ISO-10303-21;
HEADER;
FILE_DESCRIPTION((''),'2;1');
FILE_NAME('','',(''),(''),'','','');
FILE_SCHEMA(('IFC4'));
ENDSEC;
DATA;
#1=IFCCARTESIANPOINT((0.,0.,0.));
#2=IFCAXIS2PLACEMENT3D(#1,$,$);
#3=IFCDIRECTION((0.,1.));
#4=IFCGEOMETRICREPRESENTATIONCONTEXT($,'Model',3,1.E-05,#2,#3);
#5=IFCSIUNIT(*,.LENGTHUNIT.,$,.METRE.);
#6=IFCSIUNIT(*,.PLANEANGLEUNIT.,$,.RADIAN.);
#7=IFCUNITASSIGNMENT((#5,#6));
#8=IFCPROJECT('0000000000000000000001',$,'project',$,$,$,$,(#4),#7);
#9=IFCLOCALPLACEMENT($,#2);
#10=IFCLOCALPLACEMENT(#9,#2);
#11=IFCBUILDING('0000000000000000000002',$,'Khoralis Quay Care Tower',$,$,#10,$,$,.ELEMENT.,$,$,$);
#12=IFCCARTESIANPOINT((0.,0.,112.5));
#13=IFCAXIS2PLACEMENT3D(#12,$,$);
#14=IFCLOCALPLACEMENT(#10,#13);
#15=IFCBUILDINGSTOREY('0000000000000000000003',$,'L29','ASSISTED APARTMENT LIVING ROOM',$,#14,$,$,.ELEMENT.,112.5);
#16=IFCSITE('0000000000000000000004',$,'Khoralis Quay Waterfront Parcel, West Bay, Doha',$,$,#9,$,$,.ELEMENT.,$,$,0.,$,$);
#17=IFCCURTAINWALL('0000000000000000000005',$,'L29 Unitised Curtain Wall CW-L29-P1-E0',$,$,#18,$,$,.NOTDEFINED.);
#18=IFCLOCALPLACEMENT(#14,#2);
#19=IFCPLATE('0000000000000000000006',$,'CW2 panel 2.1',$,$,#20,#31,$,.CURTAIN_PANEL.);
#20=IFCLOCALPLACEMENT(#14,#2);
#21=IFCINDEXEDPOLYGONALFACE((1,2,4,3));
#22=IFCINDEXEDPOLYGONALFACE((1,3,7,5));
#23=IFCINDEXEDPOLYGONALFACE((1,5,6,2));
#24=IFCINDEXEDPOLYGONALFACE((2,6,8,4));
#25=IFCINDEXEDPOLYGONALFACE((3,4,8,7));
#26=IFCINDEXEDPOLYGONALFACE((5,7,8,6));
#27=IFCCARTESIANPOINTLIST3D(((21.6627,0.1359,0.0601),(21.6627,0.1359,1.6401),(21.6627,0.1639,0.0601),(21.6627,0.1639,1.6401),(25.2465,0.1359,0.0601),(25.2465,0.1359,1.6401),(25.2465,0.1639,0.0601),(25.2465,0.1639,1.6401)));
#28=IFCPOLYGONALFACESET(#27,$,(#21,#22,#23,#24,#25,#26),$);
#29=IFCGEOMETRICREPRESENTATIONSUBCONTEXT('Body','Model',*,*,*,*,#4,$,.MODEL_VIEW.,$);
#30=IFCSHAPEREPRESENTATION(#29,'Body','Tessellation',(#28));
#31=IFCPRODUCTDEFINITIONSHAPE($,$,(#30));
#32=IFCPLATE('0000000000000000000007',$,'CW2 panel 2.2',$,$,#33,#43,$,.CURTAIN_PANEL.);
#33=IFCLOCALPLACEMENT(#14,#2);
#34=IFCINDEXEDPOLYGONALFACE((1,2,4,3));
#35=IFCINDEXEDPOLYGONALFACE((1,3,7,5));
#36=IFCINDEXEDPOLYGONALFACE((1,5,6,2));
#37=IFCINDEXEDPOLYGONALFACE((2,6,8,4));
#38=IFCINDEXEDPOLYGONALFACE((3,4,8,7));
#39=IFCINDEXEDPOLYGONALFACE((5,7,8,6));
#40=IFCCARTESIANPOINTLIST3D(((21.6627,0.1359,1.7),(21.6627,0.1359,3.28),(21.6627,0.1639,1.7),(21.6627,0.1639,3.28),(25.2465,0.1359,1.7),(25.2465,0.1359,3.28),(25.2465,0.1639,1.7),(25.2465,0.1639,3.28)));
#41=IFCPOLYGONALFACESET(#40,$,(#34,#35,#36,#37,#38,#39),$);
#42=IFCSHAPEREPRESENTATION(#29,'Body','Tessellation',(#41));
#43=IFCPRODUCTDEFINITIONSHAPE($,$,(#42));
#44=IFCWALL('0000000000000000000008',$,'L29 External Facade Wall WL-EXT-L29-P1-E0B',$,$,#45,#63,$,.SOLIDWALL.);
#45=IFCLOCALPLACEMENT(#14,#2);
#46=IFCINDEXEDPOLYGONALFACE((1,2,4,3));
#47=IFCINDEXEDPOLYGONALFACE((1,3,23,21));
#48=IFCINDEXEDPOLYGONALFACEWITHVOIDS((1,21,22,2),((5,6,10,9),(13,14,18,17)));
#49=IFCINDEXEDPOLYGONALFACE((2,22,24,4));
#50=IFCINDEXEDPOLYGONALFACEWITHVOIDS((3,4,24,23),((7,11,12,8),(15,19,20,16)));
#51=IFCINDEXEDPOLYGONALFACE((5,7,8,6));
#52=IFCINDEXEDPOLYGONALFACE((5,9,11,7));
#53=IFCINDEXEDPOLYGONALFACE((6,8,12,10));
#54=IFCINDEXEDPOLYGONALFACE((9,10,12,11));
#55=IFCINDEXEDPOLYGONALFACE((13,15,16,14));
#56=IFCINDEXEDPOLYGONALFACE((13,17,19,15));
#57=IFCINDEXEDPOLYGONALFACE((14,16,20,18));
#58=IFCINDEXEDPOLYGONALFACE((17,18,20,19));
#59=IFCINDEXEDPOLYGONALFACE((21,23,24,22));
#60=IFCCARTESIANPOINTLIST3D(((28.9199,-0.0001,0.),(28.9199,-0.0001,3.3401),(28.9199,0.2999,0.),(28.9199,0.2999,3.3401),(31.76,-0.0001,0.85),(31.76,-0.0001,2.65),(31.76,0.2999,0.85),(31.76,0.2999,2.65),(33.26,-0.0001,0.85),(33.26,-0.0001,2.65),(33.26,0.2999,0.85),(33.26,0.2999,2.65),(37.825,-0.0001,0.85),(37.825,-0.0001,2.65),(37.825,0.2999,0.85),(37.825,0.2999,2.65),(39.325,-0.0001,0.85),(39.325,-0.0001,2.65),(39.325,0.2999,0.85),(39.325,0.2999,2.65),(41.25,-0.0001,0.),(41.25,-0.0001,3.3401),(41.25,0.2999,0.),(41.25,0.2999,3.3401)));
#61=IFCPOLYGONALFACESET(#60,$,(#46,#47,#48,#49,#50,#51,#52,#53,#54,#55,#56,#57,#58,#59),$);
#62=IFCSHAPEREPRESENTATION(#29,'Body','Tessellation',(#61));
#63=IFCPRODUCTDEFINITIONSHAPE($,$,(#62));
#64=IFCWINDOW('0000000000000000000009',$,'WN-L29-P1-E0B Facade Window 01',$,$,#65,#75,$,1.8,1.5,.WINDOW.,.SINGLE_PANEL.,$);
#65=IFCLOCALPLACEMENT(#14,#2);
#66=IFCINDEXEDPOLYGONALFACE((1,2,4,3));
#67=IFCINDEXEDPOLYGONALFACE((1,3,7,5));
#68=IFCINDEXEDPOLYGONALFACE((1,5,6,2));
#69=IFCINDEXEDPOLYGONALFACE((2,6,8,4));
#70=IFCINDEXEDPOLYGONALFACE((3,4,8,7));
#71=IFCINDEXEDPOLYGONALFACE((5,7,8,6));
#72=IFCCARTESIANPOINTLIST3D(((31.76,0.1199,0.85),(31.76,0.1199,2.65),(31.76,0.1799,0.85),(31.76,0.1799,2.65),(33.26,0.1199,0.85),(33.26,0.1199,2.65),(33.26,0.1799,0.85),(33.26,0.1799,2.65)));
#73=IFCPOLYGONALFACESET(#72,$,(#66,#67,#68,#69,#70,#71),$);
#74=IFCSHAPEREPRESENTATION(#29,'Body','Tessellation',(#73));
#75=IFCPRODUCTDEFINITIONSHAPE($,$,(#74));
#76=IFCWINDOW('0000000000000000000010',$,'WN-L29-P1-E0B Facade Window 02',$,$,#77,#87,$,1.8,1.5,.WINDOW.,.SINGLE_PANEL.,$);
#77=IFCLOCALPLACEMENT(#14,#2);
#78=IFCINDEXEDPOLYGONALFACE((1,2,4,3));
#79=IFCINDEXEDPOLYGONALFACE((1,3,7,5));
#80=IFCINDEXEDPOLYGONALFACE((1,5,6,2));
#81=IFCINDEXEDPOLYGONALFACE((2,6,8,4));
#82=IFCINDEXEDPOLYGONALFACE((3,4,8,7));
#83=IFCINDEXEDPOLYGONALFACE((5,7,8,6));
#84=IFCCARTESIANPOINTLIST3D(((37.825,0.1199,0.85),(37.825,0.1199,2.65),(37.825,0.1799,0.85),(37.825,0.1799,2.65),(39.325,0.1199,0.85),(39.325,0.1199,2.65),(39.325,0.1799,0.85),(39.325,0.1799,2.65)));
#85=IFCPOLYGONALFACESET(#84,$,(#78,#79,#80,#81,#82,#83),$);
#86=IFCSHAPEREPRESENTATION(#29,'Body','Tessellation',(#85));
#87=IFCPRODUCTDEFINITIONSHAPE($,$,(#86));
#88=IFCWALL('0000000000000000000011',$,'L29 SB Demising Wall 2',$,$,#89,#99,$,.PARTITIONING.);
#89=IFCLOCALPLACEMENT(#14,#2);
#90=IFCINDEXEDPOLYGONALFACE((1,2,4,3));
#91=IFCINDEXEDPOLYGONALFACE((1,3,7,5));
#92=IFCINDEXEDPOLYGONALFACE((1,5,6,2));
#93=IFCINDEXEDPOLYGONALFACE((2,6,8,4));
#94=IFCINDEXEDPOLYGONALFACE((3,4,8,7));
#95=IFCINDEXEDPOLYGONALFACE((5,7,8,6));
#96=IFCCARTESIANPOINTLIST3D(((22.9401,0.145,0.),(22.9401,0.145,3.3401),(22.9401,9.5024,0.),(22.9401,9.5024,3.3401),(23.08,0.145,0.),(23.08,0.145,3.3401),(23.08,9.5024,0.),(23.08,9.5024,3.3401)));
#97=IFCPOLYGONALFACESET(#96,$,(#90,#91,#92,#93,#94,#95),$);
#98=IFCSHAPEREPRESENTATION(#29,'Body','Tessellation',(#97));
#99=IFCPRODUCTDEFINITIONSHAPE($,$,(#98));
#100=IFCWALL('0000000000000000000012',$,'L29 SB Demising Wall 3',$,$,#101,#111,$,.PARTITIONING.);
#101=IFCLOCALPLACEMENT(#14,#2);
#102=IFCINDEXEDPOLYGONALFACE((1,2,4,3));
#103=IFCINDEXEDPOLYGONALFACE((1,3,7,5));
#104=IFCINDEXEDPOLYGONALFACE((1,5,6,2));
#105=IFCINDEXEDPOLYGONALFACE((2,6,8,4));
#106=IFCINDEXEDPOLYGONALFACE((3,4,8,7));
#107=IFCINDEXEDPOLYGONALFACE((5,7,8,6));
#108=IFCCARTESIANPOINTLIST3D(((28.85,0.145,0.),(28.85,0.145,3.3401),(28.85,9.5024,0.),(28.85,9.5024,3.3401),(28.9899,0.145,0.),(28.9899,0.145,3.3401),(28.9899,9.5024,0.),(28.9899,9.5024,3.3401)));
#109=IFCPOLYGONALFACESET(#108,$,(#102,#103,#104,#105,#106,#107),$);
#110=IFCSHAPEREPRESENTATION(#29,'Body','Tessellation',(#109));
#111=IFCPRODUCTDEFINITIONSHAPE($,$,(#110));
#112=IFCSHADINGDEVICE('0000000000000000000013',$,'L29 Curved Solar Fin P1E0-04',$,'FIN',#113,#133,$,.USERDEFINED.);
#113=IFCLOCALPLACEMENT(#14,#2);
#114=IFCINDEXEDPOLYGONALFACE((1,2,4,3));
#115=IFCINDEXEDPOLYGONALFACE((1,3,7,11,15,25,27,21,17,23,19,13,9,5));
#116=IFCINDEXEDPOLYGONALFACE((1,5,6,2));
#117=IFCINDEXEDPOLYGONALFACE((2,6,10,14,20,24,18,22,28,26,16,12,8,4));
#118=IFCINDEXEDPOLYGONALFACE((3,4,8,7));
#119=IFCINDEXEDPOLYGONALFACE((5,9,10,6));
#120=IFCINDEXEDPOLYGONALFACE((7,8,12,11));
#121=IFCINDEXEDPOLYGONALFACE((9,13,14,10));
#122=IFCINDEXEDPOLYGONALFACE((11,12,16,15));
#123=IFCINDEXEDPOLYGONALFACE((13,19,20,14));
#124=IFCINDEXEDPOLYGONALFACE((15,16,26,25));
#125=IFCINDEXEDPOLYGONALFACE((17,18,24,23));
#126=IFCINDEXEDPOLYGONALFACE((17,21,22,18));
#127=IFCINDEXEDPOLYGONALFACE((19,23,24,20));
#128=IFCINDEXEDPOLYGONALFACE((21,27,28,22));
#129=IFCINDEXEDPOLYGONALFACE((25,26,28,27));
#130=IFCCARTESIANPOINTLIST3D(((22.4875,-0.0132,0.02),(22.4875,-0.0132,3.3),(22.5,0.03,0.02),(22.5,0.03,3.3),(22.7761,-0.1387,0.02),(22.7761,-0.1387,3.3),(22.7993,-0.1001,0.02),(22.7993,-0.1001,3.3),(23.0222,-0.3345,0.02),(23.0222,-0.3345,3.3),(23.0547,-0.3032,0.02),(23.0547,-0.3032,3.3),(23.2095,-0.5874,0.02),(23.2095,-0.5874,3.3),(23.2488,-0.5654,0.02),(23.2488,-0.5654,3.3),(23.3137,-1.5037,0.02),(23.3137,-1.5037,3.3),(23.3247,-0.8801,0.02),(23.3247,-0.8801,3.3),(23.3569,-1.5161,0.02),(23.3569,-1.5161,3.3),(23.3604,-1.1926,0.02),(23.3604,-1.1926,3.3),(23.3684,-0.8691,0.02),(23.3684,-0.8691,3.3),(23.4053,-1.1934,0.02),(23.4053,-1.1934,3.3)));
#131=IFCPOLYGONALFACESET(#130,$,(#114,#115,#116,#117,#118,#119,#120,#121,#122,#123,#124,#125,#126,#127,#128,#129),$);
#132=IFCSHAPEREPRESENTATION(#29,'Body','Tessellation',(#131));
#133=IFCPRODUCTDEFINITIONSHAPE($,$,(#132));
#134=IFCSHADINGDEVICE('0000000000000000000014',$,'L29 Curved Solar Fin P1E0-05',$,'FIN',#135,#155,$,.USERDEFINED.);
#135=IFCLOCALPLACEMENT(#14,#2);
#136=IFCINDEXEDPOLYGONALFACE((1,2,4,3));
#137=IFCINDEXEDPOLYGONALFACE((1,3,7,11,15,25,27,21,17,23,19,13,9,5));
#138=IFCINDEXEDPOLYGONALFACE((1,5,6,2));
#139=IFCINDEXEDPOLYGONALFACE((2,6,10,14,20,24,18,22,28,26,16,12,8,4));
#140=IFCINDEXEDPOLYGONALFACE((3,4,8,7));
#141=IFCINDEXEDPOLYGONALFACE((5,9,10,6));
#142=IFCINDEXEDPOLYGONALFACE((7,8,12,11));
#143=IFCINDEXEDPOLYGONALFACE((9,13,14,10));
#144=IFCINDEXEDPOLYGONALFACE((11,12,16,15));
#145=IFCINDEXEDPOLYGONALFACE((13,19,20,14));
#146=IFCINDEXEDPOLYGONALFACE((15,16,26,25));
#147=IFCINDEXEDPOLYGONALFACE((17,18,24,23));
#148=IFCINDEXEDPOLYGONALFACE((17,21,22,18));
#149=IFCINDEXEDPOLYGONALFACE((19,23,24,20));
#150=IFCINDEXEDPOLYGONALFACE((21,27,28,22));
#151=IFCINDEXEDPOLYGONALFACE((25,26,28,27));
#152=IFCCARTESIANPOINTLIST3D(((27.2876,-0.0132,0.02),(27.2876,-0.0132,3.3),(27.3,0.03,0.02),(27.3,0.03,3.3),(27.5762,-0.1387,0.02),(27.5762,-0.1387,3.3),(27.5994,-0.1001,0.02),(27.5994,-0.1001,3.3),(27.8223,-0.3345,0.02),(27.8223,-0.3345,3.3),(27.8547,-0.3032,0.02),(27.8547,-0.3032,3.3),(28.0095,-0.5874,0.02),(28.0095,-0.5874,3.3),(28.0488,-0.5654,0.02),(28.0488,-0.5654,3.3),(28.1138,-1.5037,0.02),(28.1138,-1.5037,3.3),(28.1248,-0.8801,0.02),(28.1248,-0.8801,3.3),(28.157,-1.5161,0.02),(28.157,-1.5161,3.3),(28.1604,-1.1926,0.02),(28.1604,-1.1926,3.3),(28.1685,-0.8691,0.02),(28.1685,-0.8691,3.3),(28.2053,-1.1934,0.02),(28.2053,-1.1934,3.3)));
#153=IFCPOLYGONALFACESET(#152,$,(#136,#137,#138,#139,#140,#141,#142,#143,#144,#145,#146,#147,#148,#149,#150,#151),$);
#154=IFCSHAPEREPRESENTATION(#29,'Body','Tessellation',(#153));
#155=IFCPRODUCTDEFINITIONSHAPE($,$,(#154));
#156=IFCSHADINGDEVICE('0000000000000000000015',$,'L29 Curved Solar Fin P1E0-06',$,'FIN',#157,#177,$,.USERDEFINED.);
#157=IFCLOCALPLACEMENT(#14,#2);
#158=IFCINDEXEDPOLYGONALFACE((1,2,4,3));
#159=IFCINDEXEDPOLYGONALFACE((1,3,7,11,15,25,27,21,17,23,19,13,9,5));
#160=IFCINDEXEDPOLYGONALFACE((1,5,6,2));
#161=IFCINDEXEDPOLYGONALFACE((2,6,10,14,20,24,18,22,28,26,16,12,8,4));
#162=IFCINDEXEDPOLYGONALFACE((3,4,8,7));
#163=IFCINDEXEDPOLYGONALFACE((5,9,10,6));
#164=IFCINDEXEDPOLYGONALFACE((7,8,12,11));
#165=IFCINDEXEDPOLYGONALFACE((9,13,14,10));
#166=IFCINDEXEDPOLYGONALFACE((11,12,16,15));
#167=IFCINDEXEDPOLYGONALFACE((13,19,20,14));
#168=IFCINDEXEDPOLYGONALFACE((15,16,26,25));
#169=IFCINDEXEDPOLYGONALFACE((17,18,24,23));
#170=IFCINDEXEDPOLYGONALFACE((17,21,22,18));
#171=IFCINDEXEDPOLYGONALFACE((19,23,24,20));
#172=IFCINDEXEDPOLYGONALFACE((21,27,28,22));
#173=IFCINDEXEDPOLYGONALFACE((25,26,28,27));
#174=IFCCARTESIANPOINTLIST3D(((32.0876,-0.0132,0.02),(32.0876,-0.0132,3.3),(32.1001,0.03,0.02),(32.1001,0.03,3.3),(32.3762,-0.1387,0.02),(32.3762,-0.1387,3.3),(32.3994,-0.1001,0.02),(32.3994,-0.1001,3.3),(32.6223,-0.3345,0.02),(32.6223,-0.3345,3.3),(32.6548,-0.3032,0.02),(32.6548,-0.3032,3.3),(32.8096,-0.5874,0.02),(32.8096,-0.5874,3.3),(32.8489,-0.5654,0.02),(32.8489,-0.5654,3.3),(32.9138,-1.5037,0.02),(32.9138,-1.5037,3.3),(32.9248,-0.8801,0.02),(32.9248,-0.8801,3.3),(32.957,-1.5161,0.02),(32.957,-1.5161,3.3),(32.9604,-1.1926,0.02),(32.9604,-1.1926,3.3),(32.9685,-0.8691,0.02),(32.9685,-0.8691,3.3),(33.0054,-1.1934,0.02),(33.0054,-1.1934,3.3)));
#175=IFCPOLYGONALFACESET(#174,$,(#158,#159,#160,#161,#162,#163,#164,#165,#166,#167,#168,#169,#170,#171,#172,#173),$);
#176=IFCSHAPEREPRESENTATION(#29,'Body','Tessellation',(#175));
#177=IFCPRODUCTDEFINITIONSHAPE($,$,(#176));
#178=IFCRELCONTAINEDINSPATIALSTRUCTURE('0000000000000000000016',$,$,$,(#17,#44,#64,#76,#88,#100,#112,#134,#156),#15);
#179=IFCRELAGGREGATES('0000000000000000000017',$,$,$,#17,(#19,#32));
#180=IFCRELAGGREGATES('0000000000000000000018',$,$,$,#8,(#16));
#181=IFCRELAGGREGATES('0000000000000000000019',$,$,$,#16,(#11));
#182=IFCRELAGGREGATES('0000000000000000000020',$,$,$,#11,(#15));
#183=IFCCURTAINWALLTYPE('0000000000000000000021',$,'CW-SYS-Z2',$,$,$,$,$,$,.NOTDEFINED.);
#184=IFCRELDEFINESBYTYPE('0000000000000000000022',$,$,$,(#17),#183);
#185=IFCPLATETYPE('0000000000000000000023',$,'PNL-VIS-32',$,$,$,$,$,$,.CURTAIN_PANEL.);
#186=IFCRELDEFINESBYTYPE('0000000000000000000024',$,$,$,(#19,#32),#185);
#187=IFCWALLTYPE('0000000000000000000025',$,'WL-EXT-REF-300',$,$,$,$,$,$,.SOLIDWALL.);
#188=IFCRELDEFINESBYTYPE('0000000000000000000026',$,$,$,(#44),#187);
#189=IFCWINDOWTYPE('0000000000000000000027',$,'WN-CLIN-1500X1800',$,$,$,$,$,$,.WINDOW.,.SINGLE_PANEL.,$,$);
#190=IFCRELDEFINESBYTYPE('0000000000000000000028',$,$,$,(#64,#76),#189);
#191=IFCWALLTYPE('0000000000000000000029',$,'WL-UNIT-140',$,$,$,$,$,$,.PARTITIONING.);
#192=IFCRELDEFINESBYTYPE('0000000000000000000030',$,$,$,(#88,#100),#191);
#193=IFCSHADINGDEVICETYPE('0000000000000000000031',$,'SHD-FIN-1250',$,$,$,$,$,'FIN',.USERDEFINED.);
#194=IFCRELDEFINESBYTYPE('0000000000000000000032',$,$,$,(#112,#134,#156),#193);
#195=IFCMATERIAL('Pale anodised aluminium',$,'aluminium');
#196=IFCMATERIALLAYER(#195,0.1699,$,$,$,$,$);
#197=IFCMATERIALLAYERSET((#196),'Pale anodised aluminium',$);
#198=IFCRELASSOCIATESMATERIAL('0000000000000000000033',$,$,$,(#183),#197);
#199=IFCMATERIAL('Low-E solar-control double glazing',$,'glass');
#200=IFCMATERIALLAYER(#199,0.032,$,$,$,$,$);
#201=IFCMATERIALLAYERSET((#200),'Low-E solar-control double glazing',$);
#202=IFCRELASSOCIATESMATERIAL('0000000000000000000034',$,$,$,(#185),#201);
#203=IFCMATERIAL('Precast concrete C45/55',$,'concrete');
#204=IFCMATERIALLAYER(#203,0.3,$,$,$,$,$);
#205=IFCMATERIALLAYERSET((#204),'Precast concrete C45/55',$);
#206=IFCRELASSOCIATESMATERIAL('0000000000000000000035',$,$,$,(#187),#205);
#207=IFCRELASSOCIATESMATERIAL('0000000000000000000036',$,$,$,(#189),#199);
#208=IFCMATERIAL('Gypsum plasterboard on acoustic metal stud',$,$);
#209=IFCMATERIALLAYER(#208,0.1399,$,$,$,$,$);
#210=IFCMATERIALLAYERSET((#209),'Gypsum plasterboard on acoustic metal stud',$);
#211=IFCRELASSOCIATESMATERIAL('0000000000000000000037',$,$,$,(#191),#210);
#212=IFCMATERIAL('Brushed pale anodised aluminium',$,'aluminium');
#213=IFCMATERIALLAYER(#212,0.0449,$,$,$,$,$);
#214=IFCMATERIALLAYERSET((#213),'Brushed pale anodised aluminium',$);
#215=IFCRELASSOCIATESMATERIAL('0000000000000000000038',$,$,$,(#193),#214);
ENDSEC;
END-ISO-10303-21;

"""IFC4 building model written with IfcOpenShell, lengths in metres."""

from ifc_helpers import new_model, si_unit, direction, frame, frame_2d, origin, origin_2d, place, context, subcontext, project, spatial, polyline, rectangle, outline, extrude, source, transform, mapped, material, layer, layer_set, type_object, element, fill, aggregate, save


model = new_model("IFC4")

# Units and contexts
model_context = context("Model", 3, precision=1e-05, world=origin(), true_north=direction((0.0, 1.0)))
body_context = subcontext(model_context, "Body", "Model", "MODEL_VIEW")
ifc_project = project(units=[si_unit("LENGTHUNIT", "METRE"), si_unit("PLANEANGLEUNIT", "RADIAN")], contexts=[model_context])

# Site, building, storey
site_placement = place(None, origin())
site = spatial("IfcSite", under=ifc_project, at=site_placement, Name="Khoralis Quay Waterfront Parcel, West Bay, Doha", CompositionType="ELEMENT", RefElevation=0.0)
building_placement = place(site_placement, origin())
building = spatial("IfcBuilding", under=site, at=building_placement, Name="Khoralis Quay Care Tower", CompositionType="ELEMENT")
storey_placement = place(building_placement, frame((0.0, 0.0, 112.5)))
storey = spatial("IfcBuildingStorey", under=building, at=storey_placement, Name="L29", Description="ASSISTED APARTMENT LIVING ROOM", CompositionType="ELEMENT", Elevation=112.5)

# Curtain wall, plates
ifc_material_1 = material(Name="Pale anodised aluminium", Category="aluminium")
ifc_layer_1 = layer(ifc_material_1, 0.1699)
ifc_layer_set_1 = layer_set([ifc_layer_1], Name="Pale anodised aluminium")
curtain_wall_type = type_object("IfcCurtainWallType", Name="CW-SYS-Z2", PredefinedType="NOTDEFINED", material=ifc_layer_set_1)
curtain_wall_placement = place(storey_placement, origin())
curtain_wall = element("IfcCurtainWall", 1, at=curtain_wall_placement, inside=storey, type_object=curtain_wall_type, Name="L29 Unitised Curtain Wall CW-L29-P1-E0", PredefinedType="NOTDEFINED")
ifc_material_2 = material(Name="Low-E solar-control double glazing", Category="glass")
ifc_layer_2 = layer(ifc_material_2, 0.032)
ifc_layer_set_2 = layer_set([ifc_layer_2], Name="Low-E solar-control double glazing")
plate_type = type_object("IfcPlateType", Name="PNL-VIS-32", PredefinedType="CURTAIN_PANEL", material=ifc_layer_set_2)
shared_shape_1 = source(origin(), body_context, "Body", "SweptSolid", [
    extrude(rectangle(XDim=3.5837, YDim=0.0281, at=origin_2d()), origin(), (0.0, 0.0, 1.0), 1.5801),
])
plate_1_placement = place(storey_placement, frame((23.4546, 0.1499, 0.0601), z_axis=(0.0, 0.0, 1.0), x_axis=(1.0, 0.0, 0.0)))
plate_1 = element("IfcPlate", 2, at=plate_1_placement, type_object=plate_type, Name="CW2 panel 2.1", PredefinedType="CURTAIN_PANEL", context=body_context, shape_type="MappedRepresentation", body=[
    mapped(shared_shape_1, transform((0.0, 0.0, 0.0), scale=1.0)),
])
plate_2_placement = place(storey_placement, frame((23.4546, 0.1499, 1.7), z_axis=(0.0, 0.0, 1.0), x_axis=(1.0, 0.0, 0.0)))
plate_2 = element("IfcPlate", 3, at=plate_2_placement, type_object=plate_type, Name="CW2 panel 2.2", PredefinedType="CURTAIN_PANEL", context=body_context, shape_type="MappedRepresentation", body=[
    mapped(shared_shape_1, transform((0.0, 0.0, 0.0), scale=1.0)),
])
aggregate(curtain_wall, [plate_1, plate_2])

# Wall, openings, windows
ifc_material_3 = material(Name="Precast concrete C45/55", Category="concrete")
ifc_layer_3 = layer(ifc_material_3, 0.3)
ifc_layer_set_3 = layer_set([ifc_layer_3], Name="Precast concrete C45/55")
wall_type_1 = type_object("IfcWallType", Name="WL-EXT-REF-300", PredefinedType="SOLIDWALL", material=ifc_layer_set_3)
wall_placement = place(storey_placement, frame((28.9199, 0.1499, 0.0), z_axis=(0.0, 0.0, 1.0), x_axis=(1.0, 0.0, 0.0)))
wall = element("IfcWall", 4, at=wall_placement, inside=storey, type_object=wall_type_1, Name="L29 External Facade Wall WL-EXT-L29-P1-E0B", PredefinedType="SOLIDWALL", context=body_context, shape_type="SweptSolid", body=[
    extrude(rectangle(XDim=12.3301, YDim=0.3, at=frame_2d((6.165, 0.0))), origin(), (0.0, 0.0, 1.0), 3.3401),
])
opening_1_placement = place(wall_placement, frame((2.8401, 0.0, 0.8501)))
opening_1 = element("IfcOpeningElement", 5, at=opening_1_placement, cuts=wall, PredefinedType="OPENING", context=body_context, shape_type="SweptSolid", body=[
    extrude(rectangle(XDim=1.5, YDim=1.8, at=frame_2d((0.75, 0.8999))), frame((0.0, 0.1602, 0.0), z_axis=(0.0, -1.0, 0.0), x_axis=(1.0, 0.0, 0.0)), (0.0, 0.0, 1.0), 0.3201),
])
opening_2_placement = place(wall_placement, frame((8.905, 0.0, 0.8501)))
opening_2 = element("IfcOpeningElement", 6, at=opening_2_placement, cuts=wall, PredefinedType="OPENING", context=body_context, shape_type="SweptSolid", body=[
    extrude(rectangle(XDim=1.5, YDim=1.8, at=frame_2d((0.75, 0.8999))), frame((0.0, 0.1602, 0.0), z_axis=(0.0, -1.0, 0.0), x_axis=(1.0, 0.0, 0.0)), (0.0, 0.0, 1.0), 0.3201),
])
window_type = type_object("IfcWindowType", Name="WN-CLIN-1500X1800", PartitioningType="SINGLE_PANEL", PredefinedType="WINDOW", material=ifc_material_2)
shared_shape_2 = source(origin(), body_context, "Body", "SweptSolid", [
    extrude(rectangle(XDim=1.5, YDim=1.8, at=frame_2d((0.75, 0.8999))), frame((0.0, 0.03, 0.0), z_axis=(0.0, -1.0, 0.0), x_axis=(1.0, 0.0, 0.0)), (0.0, 0.0, 1.0), 0.0601),
])
window_1_placement = place(opening_1_placement, origin())
window_1 = element("IfcWindow", 7, at=window_1_placement, inside=storey, type_object=window_type, Name="WN-L29-P1-E0B Facade Window 01", OverallHeight=1.8, OverallWidth=1.5, PartitioningType="SINGLE_PANEL", PredefinedType="WINDOW", context=body_context, shape_type="MappedRepresentation", body=[
    mapped(shared_shape_2, transform((0.0, 0.0, 0.0), scale=1.0)),
])
fill(opening_1, window_1)
window_2_placement = place(opening_2_placement, origin())
window_2 = element("IfcWindow", 8, at=window_2_placement, inside=storey, type_object=window_type, Name="WN-L29-P1-E0B Facade Window 02", OverallHeight=1.8, OverallWidth=1.5, PartitioningType="SINGLE_PANEL", PredefinedType="WINDOW", context=body_context, shape_type="MappedRepresentation", body=[
    mapped(shared_shape_2, transform((0.0, 0.0, 0.0), scale=1.0)),
])
fill(opening_2, window_2)

# Walls
ifc_material_4 = material(Name="Gypsum plasterboard on acoustic metal stud")
ifc_layer_4 = layer(ifc_material_4, 0.1399)
ifc_layer_set_4 = layer_set([ifc_layer_4], Name="Gypsum plasterboard on acoustic metal stud")
wall_type_2 = type_object("IfcWallType", Name="WL-UNIT-140", PredefinedType="PARTITIONING", material=ifc_layer_set_4)
for number, where, z_axis, x_axis, name in (
    (9, (23.01, 0.145, 0.0), (0.0, 0.0, 1.0), (0.0, 1.0, 0.0), "L29 SB Demising Wall 2"),
    (10, (28.9199, 0.145, 0.0), (0.0, 0.0, 1.0), (0.0, 1.0, 0.0), "L29 SB Demising Wall 3"),
):
    element("IfcWall", number, at=place(storey_placement, frame(where, z_axis=z_axis, x_axis=x_axis)), inside=storey, type_object=wall_type_2, Name=name, PredefinedType="PARTITIONING", context=body_context, shape_type="SweptSolid", body=[
        extrude(rectangle(XDim=9.3574, YDim=0.1399, at=frame_2d((4.6787, 0.0))), origin(), (0.0, 0.0, 1.0), 3.3401),
    ])

# Shading devices
ifc_material_5 = material(Name="Brushed pale anodised aluminium", Category="aluminium")
ifc_layer_5 = layer(ifc_material_5, 0.0449)
ifc_layer_set_5 = layer_set([ifc_layer_5], Name="Brushed pale anodised aluminium")
shading_device_type = type_object("IfcShadingDeviceType", Name="SHD-FIN-1250", ElementType="FIN", PredefinedType="USERDEFINED", material=ifc_layer_set_5)
shared_shape_3 = source(origin(), body_context, "Body", "SweptSolid", [
    extrude(outline(polyline([(0.0, 0.0), (0.1301, 0.2993), (0.3333, 0.5547), (0.5955, 0.7488), (0.8992, 0.8684), (1.2234, 0.9053), (1.5461, 0.8569), (1.5337, 0.8137), (1.2227, 0.8604), (0.9102, 0.8247), (0.6174, 0.7095), (0.3645, 0.5222), (0.1687, 0.2761), (0.0432, -0.0125), (0.0, 0.0)])), origin(), (0.0, 0.0, 1.0), 3.28),
])
for number, where, z_axis, x_axis, name in (
    (11, (22.5, 0.03, 0.02), (0.0, 0.0, 1.0), (0.0, -1.0, 0.0), "L29 Curved Solar Fin P1E0-04"),
    (12, (27.3, 0.03, 0.02), (0.0, 0.0, 1.0), (0.0, -1.0, 0.0), "L29 Curved Solar Fin P1E0-05"),
    (13, (32.1001, 0.03, 0.02), (0.0, 0.0, 1.0), (0.0, -1.0, 0.0), "L29 Curved Solar Fin P1E0-06"),
):
    element("IfcShadingDevice", number, at=place(storey_placement, frame(where, z_axis=z_axis, x_axis=x_axis)), inside=storey, type_object=shading_device_type, Name=name, ObjectType="FIN", PredefinedType="USERDEFINED", context=body_context, shape_type="MappedRepresentation", body=[
        mapped(shared_shape_3, transform((0.0, 0.0, 0.0), scale=1.0)),
    ])

save(model, "model.ifc")
